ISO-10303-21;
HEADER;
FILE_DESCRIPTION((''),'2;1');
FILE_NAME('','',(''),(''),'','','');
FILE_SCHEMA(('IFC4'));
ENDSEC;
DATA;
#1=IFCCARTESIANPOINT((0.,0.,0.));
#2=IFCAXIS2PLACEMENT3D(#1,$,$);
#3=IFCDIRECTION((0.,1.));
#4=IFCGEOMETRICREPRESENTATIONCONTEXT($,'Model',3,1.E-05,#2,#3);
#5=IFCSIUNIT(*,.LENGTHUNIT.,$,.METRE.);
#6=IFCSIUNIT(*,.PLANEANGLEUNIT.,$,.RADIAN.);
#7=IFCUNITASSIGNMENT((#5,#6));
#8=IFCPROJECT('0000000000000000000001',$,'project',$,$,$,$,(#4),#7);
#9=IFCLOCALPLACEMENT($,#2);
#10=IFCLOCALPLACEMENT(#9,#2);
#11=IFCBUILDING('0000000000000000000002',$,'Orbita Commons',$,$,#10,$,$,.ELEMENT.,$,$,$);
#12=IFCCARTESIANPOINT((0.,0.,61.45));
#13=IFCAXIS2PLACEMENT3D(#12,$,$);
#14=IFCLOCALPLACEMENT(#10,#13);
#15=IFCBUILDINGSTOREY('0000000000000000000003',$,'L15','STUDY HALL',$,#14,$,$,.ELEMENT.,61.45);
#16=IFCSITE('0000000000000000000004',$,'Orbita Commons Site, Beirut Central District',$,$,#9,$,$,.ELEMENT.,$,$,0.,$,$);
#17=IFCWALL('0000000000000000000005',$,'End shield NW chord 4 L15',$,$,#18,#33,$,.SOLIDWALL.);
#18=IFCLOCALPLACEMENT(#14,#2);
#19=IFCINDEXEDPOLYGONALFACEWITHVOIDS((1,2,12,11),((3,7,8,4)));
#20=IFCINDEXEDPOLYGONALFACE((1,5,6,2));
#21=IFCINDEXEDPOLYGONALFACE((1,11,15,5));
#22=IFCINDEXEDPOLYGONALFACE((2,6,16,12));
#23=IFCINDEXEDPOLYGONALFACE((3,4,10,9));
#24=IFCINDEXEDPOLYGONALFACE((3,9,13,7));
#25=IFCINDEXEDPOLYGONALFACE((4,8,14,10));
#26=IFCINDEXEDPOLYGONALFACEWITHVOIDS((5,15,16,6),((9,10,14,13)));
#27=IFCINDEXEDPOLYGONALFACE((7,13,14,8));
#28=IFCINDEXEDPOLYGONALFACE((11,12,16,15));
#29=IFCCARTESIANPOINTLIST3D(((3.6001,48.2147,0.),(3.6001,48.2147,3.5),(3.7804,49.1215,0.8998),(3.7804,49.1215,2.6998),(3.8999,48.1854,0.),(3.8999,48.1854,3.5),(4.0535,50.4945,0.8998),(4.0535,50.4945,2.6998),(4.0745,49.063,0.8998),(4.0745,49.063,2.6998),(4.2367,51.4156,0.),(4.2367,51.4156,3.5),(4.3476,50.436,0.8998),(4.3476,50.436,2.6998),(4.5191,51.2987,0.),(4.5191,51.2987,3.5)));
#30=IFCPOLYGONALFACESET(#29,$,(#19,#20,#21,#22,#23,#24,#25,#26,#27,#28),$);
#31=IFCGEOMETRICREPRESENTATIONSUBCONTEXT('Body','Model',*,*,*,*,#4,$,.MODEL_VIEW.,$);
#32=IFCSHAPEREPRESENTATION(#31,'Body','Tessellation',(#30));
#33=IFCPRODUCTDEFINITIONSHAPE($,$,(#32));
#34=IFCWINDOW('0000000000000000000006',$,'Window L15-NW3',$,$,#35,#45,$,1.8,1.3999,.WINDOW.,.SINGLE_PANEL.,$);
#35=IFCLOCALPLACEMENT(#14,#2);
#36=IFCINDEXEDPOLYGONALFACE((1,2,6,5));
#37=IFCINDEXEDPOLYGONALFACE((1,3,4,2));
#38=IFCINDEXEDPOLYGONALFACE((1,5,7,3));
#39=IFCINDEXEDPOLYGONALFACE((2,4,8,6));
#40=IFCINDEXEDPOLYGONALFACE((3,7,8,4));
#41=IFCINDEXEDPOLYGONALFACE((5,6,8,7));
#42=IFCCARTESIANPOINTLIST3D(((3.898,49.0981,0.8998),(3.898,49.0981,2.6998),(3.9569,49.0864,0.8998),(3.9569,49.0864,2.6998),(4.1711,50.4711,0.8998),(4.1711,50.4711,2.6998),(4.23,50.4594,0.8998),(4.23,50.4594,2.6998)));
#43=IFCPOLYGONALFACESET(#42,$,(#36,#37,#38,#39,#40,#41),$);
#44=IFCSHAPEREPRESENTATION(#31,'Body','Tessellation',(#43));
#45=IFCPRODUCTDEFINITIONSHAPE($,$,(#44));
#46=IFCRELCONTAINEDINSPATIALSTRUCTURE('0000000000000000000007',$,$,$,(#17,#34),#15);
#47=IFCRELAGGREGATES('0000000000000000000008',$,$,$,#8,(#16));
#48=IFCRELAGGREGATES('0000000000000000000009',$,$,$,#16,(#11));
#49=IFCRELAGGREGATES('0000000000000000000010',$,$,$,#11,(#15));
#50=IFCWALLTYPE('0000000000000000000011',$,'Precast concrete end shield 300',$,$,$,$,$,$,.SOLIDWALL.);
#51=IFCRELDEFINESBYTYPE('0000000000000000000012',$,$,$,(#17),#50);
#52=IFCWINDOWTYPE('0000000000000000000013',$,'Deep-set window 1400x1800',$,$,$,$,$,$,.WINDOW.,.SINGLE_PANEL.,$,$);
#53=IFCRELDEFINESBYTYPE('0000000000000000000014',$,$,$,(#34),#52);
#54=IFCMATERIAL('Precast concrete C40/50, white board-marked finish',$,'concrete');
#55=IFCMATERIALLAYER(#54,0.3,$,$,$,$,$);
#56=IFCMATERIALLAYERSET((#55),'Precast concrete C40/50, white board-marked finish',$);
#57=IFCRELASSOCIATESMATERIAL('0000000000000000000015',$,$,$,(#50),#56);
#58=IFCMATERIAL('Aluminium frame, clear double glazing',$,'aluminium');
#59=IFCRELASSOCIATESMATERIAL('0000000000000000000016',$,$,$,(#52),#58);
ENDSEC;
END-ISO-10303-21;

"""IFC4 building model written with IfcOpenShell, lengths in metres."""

from ifc_helpers import new_model, si_unit, direction, frame, frame_2d, origin, place, context, subcontext, project, spatial, polyline, rectangle, outline, extrude, material, layer, layer_set, type_object, element, fill, save


model = new_model("IFC4")

# Units and contexts
model_context = context("Model", 3, precision=1e-05, world=origin(), true_north=direction((0.0, 1.0)))
body_context = subcontext(model_context, "Body", "Model", "MODEL_VIEW")
ifc_project = project(units=[si_unit("LENGTHUNIT", "METRE"), si_unit("PLANEANGLEUNIT", "RADIAN")], contexts=[model_context])

# Site, building, storey
site_placement = place(None, origin())
site = spatial("IfcSite", under=ifc_project, at=site_placement, Name="Orbita Commons Site, Beirut Central District", CompositionType="ELEMENT", RefElevation=0.0)
building_placement = place(site_placement, origin())
building = spatial("IfcBuilding", under=site, at=building_placement, Name="Orbita Commons", CompositionType="ELEMENT")
storey_placement = place(building_placement, frame((0.0, 0.0, 61.45)))
storey = spatial("IfcBuildingStorey", under=building, at=storey_placement, Name="L15", Description="STUDY HALL", CompositionType="ELEMENT", Elevation=61.45)

# Wall, opening, window
ifc_material_1 = material(Name="Precast concrete C40/50, white board-marked finish", Category="concrete")
ifc_layer_1 = layer(ifc_material_1, 0.3)
ifc_layer_set_1 = layer_set([ifc_layer_1], Name="Precast concrete C40/50, white board-marked finish")
wall_type_1 = type_object("IfcWallType", Name="Precast concrete end shield 300", PredefinedType="SOLIDWALL", material=ifc_layer_set_1)
wall_1_placement = place(storey_placement, frame((4.3779, 51.3572, 0.0), z_axis=(0.0, 0.0, 1.0), x_axis=(-0.195066, -0.98079, 0.0)))
wall_1 = element("IfcWall", 1, at=wall_1_placement, inside=storey, type_object=wall_type_1, Name="End shield NW chord 4 L15", PredefinedType="SOLIDWALL", context=body_context, shape_type="SweptSolid", body=[
    extrude(outline(polyline([(-0.0298, -0.1499), (3.2339, -0.1499), (3.2041, 0.1499), (0.0298, 0.1499), (-0.0298, -0.1499)])), origin(), (0.0, 0.0, 1.0), 3.5),
])
opening_1_placement = place(wall_1_placement, frame((0.9094, 0.0, 0.8999)))
opening_1 = element("IfcOpeningElement", 2, at=opening_1_placement, cuts=wall_1, PredefinedType="OPENING", context=body_context, shape_type="SweptSolid", body=[
    extrude(rectangle(XDim=1.3999, YDim=1.8, at=frame_2d((0.7, 0.8999))), frame((0.0, 0.1599, 0.0), z_axis=(0.0, -1.0, 0.0), x_axis=(1.0, 0.0, 0.0)), (0.0, 0.0, 1.0), 0.3201),
])
ifc_material_2 = material(Name="Aluminium frame, clear double glazing", Category="aluminium")
window_type = type_object("IfcWindowType", Name="Deep-set window 1400x1800", PartitioningType="SINGLE_PANEL", PredefinedType="WINDOW", material=ifc_material_2)
window_placement = place(opening_1_placement, origin())
window = element("IfcWindow", 3, at=window_placement, inside=storey, type_object=window_type, Name="Window L15-NW3", OverallHeight=1.8, OverallWidth=1.3999, PartitioningType="SINGLE_PANEL", PredefinedType="WINDOW", context=body_context, shape_type="SweptSolid", body=[
    extrude(rectangle(XDim=1.3999, YDim=1.8, at=frame_2d((0.7, 0.8999))), frame((0.0, 0.03, 0.0), z_axis=(0.0, -1.0, 0.0), x_axis=(1.0, 0.0, 0.0)), (0.0, 0.0, 1.0), 0.0601),
])
fill(opening_1, window)

save(model, "model.ifc")
